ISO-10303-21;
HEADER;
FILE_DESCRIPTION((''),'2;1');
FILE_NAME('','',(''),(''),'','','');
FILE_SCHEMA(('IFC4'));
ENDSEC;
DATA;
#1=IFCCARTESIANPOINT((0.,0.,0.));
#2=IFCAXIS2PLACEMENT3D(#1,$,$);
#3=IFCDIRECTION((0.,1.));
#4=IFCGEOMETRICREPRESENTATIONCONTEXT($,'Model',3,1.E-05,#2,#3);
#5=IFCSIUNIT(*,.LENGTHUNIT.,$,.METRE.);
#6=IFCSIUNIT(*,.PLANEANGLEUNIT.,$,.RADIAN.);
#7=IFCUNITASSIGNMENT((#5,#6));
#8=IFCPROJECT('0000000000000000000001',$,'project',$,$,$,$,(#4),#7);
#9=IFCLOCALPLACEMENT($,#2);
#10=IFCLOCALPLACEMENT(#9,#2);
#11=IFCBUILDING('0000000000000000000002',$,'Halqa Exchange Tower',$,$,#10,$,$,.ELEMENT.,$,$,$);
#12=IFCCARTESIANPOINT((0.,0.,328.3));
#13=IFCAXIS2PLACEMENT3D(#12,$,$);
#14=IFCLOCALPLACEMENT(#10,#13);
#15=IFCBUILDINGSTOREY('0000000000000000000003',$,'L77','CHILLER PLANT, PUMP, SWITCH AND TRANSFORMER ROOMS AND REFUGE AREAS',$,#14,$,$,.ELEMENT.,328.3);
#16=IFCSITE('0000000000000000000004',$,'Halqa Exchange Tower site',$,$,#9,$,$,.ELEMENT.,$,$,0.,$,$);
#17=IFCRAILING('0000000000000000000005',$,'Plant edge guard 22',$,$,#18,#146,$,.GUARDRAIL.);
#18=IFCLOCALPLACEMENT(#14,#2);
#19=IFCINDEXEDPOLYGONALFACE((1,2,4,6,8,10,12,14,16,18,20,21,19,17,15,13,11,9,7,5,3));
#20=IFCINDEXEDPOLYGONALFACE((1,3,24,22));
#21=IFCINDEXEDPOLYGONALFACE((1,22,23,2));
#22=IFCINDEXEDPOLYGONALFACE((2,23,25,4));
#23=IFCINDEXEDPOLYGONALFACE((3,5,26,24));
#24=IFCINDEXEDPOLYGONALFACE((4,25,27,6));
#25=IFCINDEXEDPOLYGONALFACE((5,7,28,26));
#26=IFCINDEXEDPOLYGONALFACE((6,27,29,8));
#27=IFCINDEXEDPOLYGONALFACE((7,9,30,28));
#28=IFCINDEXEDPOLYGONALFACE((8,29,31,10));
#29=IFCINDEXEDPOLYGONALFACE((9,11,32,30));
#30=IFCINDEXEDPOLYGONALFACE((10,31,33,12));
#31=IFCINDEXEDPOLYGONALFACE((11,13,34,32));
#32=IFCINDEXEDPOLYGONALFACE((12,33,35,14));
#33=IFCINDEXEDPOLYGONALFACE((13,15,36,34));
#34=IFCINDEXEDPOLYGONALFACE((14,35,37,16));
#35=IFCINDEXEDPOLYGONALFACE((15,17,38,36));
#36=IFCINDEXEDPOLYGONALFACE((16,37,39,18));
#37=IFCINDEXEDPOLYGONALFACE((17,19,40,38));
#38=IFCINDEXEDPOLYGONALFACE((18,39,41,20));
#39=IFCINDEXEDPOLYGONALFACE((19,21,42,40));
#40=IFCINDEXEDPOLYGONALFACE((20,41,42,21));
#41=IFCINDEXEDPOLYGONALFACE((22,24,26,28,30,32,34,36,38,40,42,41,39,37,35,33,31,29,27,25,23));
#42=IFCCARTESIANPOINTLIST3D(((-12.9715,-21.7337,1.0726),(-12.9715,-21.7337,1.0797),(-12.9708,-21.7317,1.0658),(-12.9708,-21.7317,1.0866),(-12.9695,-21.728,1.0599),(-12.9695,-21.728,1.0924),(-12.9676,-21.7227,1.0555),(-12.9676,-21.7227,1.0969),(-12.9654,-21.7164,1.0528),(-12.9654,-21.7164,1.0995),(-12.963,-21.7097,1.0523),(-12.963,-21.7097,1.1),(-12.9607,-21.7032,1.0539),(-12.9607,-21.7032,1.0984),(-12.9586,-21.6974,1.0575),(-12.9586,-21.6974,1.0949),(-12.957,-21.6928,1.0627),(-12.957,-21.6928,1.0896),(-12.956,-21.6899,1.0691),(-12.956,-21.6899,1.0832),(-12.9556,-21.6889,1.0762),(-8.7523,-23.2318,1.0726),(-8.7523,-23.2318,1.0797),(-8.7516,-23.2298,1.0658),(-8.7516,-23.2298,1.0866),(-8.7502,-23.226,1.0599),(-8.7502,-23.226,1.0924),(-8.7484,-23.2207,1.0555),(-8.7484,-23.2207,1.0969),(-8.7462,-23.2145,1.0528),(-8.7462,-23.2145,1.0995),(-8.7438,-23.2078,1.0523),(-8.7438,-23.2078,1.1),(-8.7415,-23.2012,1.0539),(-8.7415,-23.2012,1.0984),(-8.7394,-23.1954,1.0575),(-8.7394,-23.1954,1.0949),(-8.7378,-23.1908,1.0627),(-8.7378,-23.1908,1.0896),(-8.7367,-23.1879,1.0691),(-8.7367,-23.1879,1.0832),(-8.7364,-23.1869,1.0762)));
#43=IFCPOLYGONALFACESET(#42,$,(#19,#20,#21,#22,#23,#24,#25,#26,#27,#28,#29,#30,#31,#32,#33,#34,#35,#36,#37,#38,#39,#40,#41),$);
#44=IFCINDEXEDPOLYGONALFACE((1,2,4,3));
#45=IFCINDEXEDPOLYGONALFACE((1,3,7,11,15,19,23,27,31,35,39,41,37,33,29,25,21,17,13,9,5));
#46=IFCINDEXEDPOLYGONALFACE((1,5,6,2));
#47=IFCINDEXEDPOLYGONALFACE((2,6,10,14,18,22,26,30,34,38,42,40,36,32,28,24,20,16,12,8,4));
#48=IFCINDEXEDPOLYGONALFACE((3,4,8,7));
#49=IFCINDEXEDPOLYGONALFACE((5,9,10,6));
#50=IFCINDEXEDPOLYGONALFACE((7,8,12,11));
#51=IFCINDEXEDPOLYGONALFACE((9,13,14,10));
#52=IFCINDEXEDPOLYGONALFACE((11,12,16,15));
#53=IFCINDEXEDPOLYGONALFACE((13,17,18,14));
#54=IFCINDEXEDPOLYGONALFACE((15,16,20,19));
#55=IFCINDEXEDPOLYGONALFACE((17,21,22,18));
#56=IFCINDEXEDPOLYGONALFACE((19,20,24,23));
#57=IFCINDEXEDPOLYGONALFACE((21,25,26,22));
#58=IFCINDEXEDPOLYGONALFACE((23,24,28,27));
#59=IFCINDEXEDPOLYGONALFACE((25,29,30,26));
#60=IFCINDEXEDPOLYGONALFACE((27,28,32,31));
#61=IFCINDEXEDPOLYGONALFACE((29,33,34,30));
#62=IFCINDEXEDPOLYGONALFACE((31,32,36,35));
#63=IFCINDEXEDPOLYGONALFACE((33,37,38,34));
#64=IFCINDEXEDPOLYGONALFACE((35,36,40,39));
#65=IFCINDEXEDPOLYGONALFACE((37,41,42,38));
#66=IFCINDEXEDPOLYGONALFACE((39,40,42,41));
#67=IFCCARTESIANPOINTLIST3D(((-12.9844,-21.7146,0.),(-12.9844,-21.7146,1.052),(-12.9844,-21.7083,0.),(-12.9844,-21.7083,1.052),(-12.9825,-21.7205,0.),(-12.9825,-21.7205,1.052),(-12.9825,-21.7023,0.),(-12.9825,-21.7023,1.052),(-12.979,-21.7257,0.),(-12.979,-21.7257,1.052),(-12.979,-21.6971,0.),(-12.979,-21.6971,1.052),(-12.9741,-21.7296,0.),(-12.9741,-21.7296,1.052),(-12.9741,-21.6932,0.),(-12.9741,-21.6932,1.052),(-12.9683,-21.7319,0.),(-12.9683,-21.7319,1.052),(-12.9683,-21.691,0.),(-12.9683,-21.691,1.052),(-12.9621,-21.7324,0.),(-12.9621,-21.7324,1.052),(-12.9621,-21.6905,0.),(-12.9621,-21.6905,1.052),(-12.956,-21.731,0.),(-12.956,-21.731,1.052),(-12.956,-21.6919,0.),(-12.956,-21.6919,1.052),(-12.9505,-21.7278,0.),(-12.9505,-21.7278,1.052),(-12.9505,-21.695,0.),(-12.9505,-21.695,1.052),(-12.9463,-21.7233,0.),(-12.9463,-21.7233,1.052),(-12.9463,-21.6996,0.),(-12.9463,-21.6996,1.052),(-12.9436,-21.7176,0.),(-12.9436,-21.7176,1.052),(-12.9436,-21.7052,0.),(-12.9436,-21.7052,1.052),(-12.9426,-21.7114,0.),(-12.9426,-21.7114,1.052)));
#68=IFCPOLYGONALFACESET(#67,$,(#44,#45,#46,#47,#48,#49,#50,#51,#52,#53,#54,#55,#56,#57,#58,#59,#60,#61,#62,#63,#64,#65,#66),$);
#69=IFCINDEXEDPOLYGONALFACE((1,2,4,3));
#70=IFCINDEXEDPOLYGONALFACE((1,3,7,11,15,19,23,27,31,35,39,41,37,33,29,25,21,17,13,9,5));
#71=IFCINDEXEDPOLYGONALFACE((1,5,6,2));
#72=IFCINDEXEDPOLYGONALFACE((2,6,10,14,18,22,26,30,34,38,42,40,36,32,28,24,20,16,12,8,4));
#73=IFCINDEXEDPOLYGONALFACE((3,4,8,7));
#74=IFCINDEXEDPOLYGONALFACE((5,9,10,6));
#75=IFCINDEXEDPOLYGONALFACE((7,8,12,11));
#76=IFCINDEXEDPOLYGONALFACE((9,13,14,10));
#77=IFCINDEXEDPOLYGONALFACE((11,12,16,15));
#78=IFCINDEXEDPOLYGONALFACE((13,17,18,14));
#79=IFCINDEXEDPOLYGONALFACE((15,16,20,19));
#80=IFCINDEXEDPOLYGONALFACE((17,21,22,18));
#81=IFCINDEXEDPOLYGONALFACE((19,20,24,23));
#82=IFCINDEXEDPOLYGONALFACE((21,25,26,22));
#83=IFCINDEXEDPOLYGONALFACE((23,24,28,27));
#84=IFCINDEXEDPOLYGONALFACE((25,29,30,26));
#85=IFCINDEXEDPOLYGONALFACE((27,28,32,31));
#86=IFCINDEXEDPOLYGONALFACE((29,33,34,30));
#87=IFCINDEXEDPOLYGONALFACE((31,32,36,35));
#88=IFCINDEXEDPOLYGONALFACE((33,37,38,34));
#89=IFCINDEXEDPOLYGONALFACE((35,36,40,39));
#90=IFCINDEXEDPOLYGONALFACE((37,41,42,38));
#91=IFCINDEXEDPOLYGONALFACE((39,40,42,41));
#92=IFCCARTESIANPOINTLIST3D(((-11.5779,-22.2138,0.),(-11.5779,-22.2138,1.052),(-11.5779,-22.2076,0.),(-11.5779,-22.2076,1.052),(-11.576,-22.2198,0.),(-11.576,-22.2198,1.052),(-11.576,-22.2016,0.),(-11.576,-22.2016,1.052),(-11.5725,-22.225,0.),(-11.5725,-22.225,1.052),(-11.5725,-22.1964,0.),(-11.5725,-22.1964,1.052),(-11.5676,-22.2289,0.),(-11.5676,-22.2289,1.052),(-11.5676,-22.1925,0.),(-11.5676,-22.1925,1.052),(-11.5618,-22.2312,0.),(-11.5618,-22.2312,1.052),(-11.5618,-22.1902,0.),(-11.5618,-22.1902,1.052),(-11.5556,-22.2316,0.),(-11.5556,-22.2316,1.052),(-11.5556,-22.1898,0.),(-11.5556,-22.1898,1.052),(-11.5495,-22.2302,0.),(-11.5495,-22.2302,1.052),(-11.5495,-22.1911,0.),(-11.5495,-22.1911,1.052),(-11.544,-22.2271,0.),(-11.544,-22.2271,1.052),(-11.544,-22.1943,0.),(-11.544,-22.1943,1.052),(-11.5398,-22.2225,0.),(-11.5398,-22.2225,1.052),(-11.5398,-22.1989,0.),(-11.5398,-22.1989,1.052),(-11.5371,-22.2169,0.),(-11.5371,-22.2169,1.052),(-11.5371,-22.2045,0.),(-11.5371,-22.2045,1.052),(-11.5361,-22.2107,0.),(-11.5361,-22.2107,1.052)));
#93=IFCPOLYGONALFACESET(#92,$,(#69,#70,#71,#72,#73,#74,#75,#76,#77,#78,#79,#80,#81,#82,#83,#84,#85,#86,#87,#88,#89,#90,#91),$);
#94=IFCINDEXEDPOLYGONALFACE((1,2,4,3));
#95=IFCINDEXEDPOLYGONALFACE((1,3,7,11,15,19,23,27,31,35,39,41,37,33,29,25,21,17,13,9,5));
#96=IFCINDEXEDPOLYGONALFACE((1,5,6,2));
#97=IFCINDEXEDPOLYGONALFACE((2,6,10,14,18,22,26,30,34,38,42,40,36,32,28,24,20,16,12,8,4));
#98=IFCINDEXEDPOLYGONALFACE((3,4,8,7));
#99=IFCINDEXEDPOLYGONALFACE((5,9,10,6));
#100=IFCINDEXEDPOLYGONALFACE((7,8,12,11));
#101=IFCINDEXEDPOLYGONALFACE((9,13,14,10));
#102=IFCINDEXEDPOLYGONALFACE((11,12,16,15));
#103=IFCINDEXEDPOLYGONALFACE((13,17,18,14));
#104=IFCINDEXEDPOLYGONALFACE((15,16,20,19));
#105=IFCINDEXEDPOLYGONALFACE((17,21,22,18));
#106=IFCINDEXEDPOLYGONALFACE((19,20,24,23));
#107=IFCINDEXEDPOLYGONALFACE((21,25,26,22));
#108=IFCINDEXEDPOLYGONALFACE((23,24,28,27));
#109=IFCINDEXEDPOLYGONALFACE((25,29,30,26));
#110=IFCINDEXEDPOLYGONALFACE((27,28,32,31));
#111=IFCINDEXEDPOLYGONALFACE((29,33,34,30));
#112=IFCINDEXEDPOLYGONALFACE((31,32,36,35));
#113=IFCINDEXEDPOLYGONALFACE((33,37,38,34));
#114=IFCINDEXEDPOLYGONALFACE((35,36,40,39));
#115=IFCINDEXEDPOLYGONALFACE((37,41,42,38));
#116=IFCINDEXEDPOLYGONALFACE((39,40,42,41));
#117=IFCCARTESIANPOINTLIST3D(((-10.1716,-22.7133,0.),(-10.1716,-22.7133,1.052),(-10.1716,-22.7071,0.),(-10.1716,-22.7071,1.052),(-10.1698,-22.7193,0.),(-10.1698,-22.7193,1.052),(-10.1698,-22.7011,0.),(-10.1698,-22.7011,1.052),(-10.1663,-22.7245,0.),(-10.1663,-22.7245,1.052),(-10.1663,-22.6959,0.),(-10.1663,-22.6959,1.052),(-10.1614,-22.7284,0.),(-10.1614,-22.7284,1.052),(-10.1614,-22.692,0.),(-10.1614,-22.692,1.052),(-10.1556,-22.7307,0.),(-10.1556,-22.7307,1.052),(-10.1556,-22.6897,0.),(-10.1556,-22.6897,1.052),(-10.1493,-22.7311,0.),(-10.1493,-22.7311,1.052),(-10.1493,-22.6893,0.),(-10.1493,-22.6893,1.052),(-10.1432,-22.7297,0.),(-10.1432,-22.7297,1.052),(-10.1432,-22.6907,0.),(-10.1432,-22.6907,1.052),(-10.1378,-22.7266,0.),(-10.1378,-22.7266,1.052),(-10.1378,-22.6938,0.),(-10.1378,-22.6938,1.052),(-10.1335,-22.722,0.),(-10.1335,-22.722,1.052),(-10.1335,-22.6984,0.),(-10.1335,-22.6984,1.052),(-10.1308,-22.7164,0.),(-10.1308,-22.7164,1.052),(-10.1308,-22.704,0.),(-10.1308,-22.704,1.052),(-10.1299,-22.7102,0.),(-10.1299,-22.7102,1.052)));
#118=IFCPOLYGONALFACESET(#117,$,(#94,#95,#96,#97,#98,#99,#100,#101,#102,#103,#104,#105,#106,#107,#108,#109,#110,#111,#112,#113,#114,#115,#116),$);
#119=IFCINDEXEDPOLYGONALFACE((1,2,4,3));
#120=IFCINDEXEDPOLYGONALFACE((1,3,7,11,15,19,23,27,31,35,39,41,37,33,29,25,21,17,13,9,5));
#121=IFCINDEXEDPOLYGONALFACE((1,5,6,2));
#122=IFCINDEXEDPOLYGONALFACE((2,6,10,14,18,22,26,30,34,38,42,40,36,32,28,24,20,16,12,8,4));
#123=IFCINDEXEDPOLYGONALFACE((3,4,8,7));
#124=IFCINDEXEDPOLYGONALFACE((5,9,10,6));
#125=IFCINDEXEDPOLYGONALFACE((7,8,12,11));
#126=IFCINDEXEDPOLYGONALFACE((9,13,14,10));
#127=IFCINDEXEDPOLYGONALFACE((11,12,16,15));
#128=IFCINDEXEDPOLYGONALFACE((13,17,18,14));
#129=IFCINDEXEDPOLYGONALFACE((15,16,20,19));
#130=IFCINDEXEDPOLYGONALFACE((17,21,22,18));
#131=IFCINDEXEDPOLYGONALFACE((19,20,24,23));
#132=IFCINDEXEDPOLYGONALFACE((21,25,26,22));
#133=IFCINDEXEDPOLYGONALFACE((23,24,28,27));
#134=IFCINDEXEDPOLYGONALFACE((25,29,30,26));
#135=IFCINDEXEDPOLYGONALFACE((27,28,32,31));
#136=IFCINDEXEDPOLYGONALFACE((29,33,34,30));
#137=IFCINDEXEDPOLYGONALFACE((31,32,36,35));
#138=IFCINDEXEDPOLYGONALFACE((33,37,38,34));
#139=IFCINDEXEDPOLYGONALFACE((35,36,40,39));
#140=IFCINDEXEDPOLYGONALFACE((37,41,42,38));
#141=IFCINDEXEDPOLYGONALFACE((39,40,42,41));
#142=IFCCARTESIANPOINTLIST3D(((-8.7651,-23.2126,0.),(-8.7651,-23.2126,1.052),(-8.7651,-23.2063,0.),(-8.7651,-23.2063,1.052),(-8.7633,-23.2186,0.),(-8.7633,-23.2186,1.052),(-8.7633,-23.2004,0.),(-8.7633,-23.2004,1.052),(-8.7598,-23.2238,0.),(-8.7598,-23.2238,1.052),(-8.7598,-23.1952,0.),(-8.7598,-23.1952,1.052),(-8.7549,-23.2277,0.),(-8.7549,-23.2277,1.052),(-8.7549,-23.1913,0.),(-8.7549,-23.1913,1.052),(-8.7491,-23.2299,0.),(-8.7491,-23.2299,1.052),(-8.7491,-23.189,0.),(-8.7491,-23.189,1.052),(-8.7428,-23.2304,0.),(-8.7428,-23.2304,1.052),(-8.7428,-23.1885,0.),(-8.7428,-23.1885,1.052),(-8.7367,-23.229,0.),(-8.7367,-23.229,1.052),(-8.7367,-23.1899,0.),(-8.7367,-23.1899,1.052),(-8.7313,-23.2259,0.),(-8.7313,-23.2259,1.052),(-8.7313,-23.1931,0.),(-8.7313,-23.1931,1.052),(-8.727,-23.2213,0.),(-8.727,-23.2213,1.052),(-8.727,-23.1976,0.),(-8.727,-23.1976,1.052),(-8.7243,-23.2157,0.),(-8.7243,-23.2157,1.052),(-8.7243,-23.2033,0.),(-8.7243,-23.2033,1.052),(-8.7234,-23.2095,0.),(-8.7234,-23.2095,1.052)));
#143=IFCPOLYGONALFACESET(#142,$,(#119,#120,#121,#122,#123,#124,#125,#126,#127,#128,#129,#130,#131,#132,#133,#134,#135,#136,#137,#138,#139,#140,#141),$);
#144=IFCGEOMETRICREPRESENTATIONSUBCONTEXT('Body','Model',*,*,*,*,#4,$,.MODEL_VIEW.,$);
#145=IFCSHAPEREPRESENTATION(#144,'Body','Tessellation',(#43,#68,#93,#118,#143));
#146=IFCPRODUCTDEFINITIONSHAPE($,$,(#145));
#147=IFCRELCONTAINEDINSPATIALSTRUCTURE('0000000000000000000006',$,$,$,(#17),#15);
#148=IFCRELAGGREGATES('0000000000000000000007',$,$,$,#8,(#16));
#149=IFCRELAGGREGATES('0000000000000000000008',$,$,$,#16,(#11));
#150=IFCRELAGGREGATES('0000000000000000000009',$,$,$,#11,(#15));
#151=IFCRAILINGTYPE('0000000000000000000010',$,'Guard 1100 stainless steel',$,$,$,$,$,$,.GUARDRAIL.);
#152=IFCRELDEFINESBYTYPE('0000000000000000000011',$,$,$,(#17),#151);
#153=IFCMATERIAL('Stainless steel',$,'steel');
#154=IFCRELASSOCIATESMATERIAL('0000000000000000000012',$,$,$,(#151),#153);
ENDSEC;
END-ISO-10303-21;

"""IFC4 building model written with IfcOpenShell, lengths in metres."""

from ifc_helpers import new_model, si_unit, direction, frame, origin, origin_2d, place, context, subcontext, project, spatial, circle, extrude, material, type_object, element, save


model = new_model("IFC4")

# Units and contexts
model_context = context("Model", 3, precision=1e-05, world=origin(), true_north=direction((0.0, 1.0)))
body_context = subcontext(model_context, "Body", "Model", "MODEL_VIEW")
ifc_project = project(units=[si_unit("LENGTHUNIT", "METRE"), si_unit("PLANEANGLEUNIT", "RADIAN")], contexts=[model_context])

# Site, building, storey
site_placement = place(None, origin())
site = spatial("IfcSite", under=ifc_project, at=site_placement, Name="Halqa Exchange Tower site", CompositionType="ELEMENT", RefElevation=0.0)
building_placement = place(site_placement, origin())
building = spatial("IfcBuilding", under=site, at=building_placement, Name="Halqa Exchange Tower", CompositionType="ELEMENT")
storey_placement = place(building_placement, frame((0.0, 0.0, 328.3)))
storey = spatial("IfcBuildingStorey", under=building, at=storey_placement, Name="L77", Description="CHILLER PLANT, PUMP, SWITCH AND TRANSFORMER ROOMS AND REFUGE AREAS", CompositionType="ELEMENT", Elevation=328.3)

# Railing
ifc_material_1 = material(Name="Stainless steel", Category="steel")
railing_type = type_object("IfcRailingType", Name="Guard 1100 stainless steel", PredefinedType="GUARDRAIL", material=ifc_material_1)
railing_1_placement = place(storey_placement, frame((-12.9636, -21.7114, 0.0)))
element("IfcRailing", 1, at=railing_1_placement, inside=storey, type_object=railing_type, Name="Plant edge guard 22", PredefinedType="GUARDRAIL", context=body_context, shape_type="SweptSolid", body=[
    extrude(circle(Radius=0.0239, at=origin_2d()), frame((0.0, 0.0, 1.0762), z_axis=(0.942365, -0.334588, 0.0), x_axis=(0.334588, 0.942365, 0.0)), (0.0, 0.0, 1.0), 4.4773),
    extrude(circle(Radius=0.021, at=origin_2d()), origin(), (0.0, 0.0, 1.0), 1.052),
    extrude(circle(Radius=0.021, at=origin_2d()), frame((1.4065, -0.4993, 0.0)), (0.0, 0.0, 1.0), 1.052),
    extrude(circle(Radius=0.021, at=origin_2d()), frame((2.8127, -0.9988, 0.0)), (0.0, 0.0, 1.0), 1.052),
    extrude(circle(Radius=0.021, at=origin_2d()), frame((4.2192, -1.498, 0.0)), (0.0, 0.0, 1.0), 1.052),
])

save(model, "model.ifc")
